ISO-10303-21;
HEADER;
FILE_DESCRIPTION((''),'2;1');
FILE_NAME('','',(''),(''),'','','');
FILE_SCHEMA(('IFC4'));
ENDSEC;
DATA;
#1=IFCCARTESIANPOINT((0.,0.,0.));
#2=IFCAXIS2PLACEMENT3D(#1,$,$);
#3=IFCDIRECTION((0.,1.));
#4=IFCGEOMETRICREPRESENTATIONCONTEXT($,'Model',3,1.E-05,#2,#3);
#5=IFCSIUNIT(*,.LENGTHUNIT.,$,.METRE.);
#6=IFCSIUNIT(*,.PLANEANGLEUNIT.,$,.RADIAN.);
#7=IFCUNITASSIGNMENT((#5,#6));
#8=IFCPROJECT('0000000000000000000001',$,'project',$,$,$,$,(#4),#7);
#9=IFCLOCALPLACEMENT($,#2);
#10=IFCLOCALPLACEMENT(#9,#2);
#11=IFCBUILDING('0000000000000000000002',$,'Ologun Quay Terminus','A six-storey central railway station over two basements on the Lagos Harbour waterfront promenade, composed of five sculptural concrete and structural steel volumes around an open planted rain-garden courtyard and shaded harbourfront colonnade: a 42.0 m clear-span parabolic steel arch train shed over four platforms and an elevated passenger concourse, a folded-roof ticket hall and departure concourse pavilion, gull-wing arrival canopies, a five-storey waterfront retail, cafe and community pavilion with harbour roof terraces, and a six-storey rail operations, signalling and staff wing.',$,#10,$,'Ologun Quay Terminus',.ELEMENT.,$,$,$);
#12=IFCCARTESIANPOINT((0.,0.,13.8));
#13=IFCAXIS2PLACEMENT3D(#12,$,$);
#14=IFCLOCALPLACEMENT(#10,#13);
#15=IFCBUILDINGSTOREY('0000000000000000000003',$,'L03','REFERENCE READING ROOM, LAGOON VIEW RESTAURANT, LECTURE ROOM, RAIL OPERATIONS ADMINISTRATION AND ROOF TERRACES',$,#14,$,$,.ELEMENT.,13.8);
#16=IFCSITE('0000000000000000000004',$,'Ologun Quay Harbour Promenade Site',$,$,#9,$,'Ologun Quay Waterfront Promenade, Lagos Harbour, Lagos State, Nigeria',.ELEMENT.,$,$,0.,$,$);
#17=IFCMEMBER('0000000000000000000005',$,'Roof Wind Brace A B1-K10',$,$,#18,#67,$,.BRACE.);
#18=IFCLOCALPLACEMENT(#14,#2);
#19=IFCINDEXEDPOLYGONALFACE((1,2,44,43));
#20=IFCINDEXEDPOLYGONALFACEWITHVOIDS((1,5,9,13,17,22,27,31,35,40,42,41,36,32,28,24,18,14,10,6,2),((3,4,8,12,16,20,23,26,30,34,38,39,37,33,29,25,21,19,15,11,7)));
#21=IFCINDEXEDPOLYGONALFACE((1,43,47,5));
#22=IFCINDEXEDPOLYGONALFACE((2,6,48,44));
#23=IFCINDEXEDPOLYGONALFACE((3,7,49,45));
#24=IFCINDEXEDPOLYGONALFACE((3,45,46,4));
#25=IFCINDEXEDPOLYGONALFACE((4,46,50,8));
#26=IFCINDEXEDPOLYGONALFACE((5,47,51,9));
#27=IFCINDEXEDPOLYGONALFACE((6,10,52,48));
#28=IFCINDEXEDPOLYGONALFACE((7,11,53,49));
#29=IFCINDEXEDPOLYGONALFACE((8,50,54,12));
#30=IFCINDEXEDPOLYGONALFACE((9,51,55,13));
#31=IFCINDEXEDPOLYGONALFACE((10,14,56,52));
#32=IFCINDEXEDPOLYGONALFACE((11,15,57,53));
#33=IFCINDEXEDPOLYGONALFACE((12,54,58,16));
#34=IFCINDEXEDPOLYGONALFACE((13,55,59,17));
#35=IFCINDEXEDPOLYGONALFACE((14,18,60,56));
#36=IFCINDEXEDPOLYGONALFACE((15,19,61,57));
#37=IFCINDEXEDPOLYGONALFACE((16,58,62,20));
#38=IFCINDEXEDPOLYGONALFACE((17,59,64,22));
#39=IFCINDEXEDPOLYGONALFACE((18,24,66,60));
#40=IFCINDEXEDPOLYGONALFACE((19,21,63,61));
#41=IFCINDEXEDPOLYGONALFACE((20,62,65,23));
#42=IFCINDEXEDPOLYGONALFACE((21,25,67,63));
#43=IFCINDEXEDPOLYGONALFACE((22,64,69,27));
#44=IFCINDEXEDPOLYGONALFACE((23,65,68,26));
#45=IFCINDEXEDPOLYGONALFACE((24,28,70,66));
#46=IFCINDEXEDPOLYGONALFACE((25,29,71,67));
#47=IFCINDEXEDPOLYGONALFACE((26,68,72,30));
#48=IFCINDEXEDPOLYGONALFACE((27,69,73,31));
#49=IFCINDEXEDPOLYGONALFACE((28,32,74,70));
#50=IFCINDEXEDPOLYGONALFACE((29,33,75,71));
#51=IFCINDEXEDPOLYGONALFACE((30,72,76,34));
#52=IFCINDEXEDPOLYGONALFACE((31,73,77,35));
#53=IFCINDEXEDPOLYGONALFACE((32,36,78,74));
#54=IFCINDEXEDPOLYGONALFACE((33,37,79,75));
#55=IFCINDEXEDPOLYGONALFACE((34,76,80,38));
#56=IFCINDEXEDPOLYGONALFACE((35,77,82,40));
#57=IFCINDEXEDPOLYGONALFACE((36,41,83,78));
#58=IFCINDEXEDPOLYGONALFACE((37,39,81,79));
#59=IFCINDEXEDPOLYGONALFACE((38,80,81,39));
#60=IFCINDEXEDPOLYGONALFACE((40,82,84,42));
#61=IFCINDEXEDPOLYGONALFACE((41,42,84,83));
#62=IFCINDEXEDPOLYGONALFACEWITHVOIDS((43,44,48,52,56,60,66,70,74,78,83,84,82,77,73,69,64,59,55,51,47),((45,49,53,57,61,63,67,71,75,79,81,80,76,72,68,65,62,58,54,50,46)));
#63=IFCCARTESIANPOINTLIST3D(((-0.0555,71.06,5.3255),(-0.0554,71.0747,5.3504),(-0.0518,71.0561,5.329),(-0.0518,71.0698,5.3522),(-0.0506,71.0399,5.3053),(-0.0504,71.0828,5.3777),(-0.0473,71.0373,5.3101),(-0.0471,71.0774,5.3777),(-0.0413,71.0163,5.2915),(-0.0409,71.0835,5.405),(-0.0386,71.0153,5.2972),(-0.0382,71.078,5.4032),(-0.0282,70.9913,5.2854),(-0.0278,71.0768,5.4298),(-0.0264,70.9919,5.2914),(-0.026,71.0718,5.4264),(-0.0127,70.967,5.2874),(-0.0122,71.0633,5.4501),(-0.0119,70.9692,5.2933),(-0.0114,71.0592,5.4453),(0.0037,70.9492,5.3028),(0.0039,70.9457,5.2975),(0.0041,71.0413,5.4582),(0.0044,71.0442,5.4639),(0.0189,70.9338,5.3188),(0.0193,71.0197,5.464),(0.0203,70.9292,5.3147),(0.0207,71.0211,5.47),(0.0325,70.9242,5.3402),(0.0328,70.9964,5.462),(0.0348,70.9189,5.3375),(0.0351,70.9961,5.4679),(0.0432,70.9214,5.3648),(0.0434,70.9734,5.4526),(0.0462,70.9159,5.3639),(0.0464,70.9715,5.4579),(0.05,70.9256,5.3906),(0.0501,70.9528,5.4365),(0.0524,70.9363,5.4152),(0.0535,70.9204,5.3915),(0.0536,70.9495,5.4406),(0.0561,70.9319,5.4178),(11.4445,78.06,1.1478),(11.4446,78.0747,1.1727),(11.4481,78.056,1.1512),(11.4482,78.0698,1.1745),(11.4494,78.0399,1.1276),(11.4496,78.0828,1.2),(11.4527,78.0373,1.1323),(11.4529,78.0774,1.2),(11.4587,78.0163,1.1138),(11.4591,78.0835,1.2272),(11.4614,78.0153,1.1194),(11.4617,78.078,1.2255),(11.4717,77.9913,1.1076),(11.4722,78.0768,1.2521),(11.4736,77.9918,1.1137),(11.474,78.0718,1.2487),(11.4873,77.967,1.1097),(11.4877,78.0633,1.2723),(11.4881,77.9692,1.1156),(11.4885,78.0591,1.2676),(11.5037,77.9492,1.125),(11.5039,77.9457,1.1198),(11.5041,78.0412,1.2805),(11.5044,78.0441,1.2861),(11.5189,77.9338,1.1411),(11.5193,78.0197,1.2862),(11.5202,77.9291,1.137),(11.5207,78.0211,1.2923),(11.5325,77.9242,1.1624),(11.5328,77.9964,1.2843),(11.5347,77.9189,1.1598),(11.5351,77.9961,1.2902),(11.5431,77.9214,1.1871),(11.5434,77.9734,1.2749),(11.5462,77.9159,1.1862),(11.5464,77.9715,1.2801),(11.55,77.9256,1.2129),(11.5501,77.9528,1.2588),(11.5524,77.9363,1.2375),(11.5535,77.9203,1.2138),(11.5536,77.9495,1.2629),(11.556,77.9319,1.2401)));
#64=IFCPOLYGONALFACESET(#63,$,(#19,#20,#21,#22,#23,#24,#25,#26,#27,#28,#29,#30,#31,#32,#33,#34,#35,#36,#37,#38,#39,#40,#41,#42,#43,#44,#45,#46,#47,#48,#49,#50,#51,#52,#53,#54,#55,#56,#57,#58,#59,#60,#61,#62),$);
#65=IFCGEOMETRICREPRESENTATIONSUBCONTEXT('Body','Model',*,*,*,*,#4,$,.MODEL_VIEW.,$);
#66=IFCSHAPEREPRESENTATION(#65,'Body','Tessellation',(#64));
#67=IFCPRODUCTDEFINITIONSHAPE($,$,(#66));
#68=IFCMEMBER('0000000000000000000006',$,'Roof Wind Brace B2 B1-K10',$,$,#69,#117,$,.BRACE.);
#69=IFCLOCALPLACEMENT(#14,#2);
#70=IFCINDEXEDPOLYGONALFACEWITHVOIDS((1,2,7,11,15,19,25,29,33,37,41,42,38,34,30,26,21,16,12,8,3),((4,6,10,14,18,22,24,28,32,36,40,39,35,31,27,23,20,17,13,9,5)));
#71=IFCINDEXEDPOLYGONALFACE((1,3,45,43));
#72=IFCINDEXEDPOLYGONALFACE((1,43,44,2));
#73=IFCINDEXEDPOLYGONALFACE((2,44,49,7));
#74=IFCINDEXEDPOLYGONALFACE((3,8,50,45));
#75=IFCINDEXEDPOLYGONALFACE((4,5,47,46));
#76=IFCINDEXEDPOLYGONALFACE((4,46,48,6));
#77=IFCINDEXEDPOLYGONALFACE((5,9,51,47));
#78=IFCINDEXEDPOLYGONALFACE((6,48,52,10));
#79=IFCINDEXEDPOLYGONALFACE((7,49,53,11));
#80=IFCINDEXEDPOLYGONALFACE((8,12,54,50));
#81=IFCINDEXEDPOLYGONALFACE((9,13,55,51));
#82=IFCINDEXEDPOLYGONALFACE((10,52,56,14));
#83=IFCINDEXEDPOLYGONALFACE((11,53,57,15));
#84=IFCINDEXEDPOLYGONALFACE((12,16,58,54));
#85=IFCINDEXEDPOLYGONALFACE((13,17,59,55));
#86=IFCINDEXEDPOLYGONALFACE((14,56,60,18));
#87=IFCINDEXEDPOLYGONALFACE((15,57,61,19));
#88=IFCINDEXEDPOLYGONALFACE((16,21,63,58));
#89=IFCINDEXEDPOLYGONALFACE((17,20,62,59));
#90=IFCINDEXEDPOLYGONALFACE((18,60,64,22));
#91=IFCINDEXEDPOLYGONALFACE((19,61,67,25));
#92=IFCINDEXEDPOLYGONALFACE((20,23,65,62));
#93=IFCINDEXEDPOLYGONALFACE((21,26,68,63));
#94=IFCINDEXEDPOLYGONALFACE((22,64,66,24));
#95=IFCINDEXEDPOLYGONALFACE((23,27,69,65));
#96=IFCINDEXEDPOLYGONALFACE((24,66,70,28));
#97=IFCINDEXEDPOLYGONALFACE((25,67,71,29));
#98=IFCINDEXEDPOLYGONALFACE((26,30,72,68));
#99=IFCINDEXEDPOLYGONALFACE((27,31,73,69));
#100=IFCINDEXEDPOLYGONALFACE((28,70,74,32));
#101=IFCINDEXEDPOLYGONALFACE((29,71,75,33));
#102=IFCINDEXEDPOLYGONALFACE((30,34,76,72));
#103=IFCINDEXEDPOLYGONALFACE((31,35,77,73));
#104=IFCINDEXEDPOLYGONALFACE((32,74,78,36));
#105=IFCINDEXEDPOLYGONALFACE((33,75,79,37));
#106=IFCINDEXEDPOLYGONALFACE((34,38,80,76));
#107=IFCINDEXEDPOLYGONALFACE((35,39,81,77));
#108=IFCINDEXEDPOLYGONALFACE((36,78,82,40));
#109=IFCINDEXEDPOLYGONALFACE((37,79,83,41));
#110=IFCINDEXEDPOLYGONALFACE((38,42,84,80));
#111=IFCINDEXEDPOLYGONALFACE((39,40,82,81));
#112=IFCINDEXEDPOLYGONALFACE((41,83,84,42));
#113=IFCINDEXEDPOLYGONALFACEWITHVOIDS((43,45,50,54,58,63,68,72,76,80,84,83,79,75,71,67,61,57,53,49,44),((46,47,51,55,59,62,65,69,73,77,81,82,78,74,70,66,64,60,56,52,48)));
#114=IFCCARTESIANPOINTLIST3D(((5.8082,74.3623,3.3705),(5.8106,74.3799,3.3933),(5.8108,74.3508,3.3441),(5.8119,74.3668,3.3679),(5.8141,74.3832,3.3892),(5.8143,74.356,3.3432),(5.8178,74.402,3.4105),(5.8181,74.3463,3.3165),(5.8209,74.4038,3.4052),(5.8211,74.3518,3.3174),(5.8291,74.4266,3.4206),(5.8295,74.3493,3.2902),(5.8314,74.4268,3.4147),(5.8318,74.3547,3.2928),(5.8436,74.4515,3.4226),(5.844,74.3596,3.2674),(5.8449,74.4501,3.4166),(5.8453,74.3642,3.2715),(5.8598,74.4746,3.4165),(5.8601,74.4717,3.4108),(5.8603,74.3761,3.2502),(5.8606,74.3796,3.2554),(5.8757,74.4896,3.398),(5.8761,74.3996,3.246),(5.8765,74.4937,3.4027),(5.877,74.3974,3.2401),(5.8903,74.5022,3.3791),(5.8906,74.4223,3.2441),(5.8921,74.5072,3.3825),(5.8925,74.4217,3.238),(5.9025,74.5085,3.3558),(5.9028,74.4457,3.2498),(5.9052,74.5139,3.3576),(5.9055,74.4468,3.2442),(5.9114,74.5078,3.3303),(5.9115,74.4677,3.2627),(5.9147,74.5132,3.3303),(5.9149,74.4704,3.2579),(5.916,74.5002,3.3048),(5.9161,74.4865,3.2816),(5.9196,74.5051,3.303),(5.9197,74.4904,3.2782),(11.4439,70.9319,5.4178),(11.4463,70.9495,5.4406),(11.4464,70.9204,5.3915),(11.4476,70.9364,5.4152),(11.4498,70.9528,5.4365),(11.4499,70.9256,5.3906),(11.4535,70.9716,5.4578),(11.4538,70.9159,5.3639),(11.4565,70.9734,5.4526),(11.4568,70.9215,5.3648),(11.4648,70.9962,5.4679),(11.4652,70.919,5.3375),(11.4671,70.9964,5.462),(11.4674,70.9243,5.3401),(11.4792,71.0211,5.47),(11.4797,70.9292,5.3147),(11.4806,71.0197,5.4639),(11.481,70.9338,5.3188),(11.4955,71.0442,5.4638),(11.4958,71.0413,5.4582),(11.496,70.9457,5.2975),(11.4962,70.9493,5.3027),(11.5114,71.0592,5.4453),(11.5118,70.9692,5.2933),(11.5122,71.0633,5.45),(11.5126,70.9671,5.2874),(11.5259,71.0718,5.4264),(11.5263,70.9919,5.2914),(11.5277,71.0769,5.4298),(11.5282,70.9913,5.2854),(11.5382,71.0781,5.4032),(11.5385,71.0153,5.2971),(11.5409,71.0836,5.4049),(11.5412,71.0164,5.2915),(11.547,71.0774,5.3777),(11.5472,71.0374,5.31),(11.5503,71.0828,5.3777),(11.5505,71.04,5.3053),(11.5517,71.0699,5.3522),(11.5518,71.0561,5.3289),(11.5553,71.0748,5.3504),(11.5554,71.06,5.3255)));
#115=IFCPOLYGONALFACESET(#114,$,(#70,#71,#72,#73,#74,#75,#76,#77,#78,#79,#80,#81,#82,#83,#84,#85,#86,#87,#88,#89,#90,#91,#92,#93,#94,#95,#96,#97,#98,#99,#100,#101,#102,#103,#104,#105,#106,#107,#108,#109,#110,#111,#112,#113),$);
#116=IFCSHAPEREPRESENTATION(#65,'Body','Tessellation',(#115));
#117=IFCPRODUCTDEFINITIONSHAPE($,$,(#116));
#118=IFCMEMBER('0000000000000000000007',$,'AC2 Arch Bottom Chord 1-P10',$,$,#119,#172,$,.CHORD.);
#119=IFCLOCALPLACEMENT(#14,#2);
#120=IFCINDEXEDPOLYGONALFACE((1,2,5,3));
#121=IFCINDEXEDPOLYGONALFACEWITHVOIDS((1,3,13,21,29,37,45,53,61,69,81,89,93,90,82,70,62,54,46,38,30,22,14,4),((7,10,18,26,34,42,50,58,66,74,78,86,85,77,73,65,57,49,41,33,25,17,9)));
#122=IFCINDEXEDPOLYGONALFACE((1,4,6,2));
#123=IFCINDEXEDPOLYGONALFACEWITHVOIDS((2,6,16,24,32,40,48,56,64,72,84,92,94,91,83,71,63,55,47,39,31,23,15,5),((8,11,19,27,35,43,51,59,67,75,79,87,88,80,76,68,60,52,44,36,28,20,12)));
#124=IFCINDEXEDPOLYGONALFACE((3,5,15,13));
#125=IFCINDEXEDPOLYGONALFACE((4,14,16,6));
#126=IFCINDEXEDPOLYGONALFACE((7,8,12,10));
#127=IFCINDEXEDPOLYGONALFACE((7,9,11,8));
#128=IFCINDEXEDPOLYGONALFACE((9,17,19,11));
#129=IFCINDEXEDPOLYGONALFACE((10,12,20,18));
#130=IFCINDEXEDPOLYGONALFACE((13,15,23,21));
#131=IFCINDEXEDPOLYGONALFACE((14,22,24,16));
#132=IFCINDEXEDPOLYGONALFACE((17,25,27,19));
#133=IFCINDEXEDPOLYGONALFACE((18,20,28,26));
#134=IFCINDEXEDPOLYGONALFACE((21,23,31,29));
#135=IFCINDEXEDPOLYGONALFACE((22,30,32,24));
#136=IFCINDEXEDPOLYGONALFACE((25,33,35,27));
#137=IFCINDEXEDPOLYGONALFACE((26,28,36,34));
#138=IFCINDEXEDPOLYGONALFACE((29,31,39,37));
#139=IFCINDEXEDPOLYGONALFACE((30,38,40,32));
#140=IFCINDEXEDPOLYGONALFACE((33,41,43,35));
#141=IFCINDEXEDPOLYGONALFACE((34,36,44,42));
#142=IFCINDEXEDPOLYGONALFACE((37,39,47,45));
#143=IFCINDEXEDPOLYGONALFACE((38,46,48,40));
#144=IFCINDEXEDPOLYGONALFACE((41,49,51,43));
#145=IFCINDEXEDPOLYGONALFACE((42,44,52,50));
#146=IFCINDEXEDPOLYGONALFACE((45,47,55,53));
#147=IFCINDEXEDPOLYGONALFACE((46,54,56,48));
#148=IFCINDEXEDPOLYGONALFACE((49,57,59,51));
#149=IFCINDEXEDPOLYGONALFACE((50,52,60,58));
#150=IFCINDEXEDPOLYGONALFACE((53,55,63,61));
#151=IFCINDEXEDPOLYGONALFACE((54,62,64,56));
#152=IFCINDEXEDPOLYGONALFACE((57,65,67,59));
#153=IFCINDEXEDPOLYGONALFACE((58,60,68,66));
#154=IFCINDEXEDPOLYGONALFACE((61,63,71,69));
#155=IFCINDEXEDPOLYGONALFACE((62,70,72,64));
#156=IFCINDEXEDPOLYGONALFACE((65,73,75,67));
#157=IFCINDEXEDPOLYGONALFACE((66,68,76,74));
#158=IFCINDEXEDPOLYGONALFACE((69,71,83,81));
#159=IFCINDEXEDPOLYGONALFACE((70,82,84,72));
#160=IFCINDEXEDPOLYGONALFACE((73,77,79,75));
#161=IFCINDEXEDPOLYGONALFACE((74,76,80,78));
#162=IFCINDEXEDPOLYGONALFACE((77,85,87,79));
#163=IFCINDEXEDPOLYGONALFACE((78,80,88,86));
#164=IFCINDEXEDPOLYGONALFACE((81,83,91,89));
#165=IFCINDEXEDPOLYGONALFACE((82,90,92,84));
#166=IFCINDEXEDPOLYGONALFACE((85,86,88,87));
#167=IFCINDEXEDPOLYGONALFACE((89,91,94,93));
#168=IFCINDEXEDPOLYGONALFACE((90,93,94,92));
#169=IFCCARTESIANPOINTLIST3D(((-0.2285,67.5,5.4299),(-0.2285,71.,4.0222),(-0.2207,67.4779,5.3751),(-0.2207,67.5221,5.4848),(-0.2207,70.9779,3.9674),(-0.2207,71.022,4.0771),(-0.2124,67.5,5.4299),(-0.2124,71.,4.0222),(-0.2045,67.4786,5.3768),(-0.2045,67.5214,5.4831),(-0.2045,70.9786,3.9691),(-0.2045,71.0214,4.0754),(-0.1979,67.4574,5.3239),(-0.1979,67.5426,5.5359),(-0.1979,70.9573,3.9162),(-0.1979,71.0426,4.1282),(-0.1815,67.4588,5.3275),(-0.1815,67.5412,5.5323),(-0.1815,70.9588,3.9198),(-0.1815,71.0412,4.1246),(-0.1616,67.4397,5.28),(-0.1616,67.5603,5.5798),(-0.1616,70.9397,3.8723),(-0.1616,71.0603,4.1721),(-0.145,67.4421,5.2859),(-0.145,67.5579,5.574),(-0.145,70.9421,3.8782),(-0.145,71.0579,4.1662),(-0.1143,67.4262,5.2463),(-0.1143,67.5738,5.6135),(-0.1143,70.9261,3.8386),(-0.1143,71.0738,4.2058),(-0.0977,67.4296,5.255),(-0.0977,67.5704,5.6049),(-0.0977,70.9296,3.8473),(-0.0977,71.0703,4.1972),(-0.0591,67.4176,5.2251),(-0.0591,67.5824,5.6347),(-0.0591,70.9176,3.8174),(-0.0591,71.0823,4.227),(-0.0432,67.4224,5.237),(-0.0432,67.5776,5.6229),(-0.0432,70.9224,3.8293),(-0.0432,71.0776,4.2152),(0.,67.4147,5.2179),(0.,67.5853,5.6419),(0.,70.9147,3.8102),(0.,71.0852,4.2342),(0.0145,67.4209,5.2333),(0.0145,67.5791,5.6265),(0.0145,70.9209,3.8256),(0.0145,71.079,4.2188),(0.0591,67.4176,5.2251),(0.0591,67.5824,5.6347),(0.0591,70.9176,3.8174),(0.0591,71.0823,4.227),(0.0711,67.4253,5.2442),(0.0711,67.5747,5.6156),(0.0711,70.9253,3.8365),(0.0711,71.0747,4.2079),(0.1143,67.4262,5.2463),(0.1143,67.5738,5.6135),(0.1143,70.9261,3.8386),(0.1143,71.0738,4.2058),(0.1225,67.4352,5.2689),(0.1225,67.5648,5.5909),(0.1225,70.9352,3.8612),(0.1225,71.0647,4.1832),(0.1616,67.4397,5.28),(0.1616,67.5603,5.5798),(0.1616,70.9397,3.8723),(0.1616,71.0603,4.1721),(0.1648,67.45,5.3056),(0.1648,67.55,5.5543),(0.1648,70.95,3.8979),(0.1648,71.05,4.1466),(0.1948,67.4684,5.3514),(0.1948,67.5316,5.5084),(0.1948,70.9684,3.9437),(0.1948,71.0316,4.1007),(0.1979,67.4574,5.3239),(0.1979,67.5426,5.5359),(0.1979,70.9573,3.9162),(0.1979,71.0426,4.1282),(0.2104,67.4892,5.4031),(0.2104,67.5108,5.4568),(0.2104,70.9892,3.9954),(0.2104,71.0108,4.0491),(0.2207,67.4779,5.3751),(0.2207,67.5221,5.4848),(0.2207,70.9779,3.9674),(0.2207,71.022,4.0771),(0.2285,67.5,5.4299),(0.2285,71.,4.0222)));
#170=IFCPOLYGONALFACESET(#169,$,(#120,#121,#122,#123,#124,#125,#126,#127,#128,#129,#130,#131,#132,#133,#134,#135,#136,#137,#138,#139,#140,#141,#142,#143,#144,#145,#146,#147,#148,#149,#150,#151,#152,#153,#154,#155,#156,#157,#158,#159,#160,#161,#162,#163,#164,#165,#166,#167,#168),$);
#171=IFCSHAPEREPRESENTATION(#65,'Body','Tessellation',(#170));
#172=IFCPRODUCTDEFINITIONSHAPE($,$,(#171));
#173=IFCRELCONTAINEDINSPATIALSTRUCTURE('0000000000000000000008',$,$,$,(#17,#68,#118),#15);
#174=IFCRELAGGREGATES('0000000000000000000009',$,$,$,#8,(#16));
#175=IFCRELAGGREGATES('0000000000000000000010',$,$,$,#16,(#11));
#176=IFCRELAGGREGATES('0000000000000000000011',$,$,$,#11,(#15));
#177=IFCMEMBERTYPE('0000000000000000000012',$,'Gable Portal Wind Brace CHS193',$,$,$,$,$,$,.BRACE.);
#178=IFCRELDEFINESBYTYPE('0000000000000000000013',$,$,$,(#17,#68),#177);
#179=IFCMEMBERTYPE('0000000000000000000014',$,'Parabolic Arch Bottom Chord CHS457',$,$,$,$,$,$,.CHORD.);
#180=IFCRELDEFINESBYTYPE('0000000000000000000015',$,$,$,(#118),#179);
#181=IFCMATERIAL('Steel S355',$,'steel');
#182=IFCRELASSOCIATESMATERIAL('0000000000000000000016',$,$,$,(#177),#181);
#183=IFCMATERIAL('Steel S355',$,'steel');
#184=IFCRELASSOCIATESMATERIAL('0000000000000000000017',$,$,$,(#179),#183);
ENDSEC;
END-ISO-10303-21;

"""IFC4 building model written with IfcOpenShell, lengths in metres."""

from ifc_helpers import new_model, si_unit, direction, frame, origin, origin_2d, place, context, subcontext, project, spatial, hollow_circle, extrude, material, material_profile, profile_set, type_object, element, save


model = new_model("IFC4")

# Units and contexts
model_context = context("Model", 3, precision=1e-05, world=origin(), true_north=direction((0.0, 1.0)))
body_context = subcontext(model_context, "Body", "Model", "MODEL_VIEW")
ifc_project = project(units=[si_unit("LENGTHUNIT", "METRE"), si_unit("PLANEANGLEUNIT", "RADIAN")], contexts=[model_context])

# Site, building, storey
site_placement = place(None, origin())
site = spatial("IfcSite", under=ifc_project, at=site_placement, Name="Ologun Quay Harbour Promenade Site", LongName="Ologun Quay Waterfront Promenade, Lagos Harbour, Lagos State, Nigeria", CompositionType="ELEMENT", RefElevation=0.0)
building_placement = place(site_placement, origin())
building = spatial("IfcBuilding", under=site, at=building_placement, Name="Ologun Quay Terminus", Description="A six-storey central railway station over two basements on the Lagos Harbour waterfront promenade, composed of five sculptural concrete and structural steel volumes around an open planted rain-garden courtyard and shaded harbourfront colonnade: a 42.0 m clear-span parabolic steel arch train shed over four platforms and an elevated passenger concourse, a folded-roof ticket hall and departure concourse pavilion, gull-wing arrival canopies, a five-storey waterfront retail, cafe and community pavilion with harbour roof terraces, and a six-storey rail operations, signalling and staff wing.", LongName="Ologun Quay Terminus", CompositionType="ELEMENT")
storey_placement = place(building_placement, frame((0.0, 0.0, 13.8)))
storey = spatial("IfcBuildingStorey", under=building, at=storey_placement, Name="L03", Description="REFERENCE READING ROOM, LAGOON VIEW RESTAURANT, LECTURE ROOM, RAIL OPERATIONS ADMINISTRATION AND ROOF TERRACES", CompositionType="ELEMENT", Elevation=13.8)

# Members
ifc_material_1 = material(Name="Steel S355", Category="steel")
ifc_material_profile_1 = material_profile(ifc_material_1, hollow_circle(Radius=0.0969, WallThickness=0.0063, at=origin_2d()), Name="CHS 193.7x6.3")
ifc_profile_set_1 = profile_set([ifc_material_profile_1], Name="Steel S355")
member_type_1 = type_object("IfcMemberType", Name="Gable Portal Wind Brace CHS193", PredefinedType="BRACE", material=ifc_profile_set_1)
member_1_placement = place(storey_placement, frame((0.0, 71.0, 5.3777), z_axis=(0.815821, 0.496587, -0.296373), x_axis=(-0.519947, 0.854199, 0.0)))
element("IfcMember", 1, at=member_1_placement, inside=storey, type_object=member_type_1, Name="Roof Wind Brace A B1-K10", PredefinedType="BRACE", context=body_context, shape_type="SweptSolid", body=[
    extrude(hollow_circle(Radius=0.0969, WallThickness=0.0063, at=origin_2d()), origin(), (0.0, 0.0, 1.0), 14.0962),
])
member_2_placement = place(storey_placement, frame((5.8643, 74.4304, 3.3303), z_axis=(0.815823, -0.496583, 0.296374), x_axis=(0.519943, 0.854201, 0.0)))
element("IfcMember", 2, at=member_2_placement, inside=storey, type_object=member_type_1, Name="Roof Wind Brace B2 B1-K10", PredefinedType="BRACE", context=body_context, shape_type="SweptSolid", body=[
    extrude(hollow_circle(Radius=0.0969, WallThickness=0.0063, at=origin_2d()), origin(), (0.0, 0.0, 1.0), 6.908),
])
ifc_material_2 = material(Name="Steel S355", Category="steel")
ifc_material_profile_2 = material_profile(ifc_material_2, hollow_circle(Radius=0.2285, WallThickness=0.0161, at=origin_2d()), Name="CHS 457x16")
ifc_profile_set_2 = profile_set([ifc_material_profile_2], Name="Steel S355")
member_type_2 = type_object("IfcMemberType", Name="Parabolic Arch Bottom Chord CHS457", PredefinedType="CHORD", material=ifc_profile_set_2)
member_3_placement = place(storey_placement, frame((0.0, 67.5, 5.4299), z_axis=(0.0, 0.92777, -0.373153), x_axis=(-1.0, 0.0, 0.0)))
element("IfcMember", 3, at=member_3_placement, inside=storey, type_object=member_type_2, Name="AC2 Arch Bottom Chord 1-P10", PredefinedType="CHORD", context=body_context, shape_type="SweptSolid", body=[
    extrude(hollow_circle(Radius=0.2285, WallThickness=0.0161, at=origin_2d()), origin(), (0.0, 0.0, 1.0), 3.7725),
])

save(model, "model.ifc")
